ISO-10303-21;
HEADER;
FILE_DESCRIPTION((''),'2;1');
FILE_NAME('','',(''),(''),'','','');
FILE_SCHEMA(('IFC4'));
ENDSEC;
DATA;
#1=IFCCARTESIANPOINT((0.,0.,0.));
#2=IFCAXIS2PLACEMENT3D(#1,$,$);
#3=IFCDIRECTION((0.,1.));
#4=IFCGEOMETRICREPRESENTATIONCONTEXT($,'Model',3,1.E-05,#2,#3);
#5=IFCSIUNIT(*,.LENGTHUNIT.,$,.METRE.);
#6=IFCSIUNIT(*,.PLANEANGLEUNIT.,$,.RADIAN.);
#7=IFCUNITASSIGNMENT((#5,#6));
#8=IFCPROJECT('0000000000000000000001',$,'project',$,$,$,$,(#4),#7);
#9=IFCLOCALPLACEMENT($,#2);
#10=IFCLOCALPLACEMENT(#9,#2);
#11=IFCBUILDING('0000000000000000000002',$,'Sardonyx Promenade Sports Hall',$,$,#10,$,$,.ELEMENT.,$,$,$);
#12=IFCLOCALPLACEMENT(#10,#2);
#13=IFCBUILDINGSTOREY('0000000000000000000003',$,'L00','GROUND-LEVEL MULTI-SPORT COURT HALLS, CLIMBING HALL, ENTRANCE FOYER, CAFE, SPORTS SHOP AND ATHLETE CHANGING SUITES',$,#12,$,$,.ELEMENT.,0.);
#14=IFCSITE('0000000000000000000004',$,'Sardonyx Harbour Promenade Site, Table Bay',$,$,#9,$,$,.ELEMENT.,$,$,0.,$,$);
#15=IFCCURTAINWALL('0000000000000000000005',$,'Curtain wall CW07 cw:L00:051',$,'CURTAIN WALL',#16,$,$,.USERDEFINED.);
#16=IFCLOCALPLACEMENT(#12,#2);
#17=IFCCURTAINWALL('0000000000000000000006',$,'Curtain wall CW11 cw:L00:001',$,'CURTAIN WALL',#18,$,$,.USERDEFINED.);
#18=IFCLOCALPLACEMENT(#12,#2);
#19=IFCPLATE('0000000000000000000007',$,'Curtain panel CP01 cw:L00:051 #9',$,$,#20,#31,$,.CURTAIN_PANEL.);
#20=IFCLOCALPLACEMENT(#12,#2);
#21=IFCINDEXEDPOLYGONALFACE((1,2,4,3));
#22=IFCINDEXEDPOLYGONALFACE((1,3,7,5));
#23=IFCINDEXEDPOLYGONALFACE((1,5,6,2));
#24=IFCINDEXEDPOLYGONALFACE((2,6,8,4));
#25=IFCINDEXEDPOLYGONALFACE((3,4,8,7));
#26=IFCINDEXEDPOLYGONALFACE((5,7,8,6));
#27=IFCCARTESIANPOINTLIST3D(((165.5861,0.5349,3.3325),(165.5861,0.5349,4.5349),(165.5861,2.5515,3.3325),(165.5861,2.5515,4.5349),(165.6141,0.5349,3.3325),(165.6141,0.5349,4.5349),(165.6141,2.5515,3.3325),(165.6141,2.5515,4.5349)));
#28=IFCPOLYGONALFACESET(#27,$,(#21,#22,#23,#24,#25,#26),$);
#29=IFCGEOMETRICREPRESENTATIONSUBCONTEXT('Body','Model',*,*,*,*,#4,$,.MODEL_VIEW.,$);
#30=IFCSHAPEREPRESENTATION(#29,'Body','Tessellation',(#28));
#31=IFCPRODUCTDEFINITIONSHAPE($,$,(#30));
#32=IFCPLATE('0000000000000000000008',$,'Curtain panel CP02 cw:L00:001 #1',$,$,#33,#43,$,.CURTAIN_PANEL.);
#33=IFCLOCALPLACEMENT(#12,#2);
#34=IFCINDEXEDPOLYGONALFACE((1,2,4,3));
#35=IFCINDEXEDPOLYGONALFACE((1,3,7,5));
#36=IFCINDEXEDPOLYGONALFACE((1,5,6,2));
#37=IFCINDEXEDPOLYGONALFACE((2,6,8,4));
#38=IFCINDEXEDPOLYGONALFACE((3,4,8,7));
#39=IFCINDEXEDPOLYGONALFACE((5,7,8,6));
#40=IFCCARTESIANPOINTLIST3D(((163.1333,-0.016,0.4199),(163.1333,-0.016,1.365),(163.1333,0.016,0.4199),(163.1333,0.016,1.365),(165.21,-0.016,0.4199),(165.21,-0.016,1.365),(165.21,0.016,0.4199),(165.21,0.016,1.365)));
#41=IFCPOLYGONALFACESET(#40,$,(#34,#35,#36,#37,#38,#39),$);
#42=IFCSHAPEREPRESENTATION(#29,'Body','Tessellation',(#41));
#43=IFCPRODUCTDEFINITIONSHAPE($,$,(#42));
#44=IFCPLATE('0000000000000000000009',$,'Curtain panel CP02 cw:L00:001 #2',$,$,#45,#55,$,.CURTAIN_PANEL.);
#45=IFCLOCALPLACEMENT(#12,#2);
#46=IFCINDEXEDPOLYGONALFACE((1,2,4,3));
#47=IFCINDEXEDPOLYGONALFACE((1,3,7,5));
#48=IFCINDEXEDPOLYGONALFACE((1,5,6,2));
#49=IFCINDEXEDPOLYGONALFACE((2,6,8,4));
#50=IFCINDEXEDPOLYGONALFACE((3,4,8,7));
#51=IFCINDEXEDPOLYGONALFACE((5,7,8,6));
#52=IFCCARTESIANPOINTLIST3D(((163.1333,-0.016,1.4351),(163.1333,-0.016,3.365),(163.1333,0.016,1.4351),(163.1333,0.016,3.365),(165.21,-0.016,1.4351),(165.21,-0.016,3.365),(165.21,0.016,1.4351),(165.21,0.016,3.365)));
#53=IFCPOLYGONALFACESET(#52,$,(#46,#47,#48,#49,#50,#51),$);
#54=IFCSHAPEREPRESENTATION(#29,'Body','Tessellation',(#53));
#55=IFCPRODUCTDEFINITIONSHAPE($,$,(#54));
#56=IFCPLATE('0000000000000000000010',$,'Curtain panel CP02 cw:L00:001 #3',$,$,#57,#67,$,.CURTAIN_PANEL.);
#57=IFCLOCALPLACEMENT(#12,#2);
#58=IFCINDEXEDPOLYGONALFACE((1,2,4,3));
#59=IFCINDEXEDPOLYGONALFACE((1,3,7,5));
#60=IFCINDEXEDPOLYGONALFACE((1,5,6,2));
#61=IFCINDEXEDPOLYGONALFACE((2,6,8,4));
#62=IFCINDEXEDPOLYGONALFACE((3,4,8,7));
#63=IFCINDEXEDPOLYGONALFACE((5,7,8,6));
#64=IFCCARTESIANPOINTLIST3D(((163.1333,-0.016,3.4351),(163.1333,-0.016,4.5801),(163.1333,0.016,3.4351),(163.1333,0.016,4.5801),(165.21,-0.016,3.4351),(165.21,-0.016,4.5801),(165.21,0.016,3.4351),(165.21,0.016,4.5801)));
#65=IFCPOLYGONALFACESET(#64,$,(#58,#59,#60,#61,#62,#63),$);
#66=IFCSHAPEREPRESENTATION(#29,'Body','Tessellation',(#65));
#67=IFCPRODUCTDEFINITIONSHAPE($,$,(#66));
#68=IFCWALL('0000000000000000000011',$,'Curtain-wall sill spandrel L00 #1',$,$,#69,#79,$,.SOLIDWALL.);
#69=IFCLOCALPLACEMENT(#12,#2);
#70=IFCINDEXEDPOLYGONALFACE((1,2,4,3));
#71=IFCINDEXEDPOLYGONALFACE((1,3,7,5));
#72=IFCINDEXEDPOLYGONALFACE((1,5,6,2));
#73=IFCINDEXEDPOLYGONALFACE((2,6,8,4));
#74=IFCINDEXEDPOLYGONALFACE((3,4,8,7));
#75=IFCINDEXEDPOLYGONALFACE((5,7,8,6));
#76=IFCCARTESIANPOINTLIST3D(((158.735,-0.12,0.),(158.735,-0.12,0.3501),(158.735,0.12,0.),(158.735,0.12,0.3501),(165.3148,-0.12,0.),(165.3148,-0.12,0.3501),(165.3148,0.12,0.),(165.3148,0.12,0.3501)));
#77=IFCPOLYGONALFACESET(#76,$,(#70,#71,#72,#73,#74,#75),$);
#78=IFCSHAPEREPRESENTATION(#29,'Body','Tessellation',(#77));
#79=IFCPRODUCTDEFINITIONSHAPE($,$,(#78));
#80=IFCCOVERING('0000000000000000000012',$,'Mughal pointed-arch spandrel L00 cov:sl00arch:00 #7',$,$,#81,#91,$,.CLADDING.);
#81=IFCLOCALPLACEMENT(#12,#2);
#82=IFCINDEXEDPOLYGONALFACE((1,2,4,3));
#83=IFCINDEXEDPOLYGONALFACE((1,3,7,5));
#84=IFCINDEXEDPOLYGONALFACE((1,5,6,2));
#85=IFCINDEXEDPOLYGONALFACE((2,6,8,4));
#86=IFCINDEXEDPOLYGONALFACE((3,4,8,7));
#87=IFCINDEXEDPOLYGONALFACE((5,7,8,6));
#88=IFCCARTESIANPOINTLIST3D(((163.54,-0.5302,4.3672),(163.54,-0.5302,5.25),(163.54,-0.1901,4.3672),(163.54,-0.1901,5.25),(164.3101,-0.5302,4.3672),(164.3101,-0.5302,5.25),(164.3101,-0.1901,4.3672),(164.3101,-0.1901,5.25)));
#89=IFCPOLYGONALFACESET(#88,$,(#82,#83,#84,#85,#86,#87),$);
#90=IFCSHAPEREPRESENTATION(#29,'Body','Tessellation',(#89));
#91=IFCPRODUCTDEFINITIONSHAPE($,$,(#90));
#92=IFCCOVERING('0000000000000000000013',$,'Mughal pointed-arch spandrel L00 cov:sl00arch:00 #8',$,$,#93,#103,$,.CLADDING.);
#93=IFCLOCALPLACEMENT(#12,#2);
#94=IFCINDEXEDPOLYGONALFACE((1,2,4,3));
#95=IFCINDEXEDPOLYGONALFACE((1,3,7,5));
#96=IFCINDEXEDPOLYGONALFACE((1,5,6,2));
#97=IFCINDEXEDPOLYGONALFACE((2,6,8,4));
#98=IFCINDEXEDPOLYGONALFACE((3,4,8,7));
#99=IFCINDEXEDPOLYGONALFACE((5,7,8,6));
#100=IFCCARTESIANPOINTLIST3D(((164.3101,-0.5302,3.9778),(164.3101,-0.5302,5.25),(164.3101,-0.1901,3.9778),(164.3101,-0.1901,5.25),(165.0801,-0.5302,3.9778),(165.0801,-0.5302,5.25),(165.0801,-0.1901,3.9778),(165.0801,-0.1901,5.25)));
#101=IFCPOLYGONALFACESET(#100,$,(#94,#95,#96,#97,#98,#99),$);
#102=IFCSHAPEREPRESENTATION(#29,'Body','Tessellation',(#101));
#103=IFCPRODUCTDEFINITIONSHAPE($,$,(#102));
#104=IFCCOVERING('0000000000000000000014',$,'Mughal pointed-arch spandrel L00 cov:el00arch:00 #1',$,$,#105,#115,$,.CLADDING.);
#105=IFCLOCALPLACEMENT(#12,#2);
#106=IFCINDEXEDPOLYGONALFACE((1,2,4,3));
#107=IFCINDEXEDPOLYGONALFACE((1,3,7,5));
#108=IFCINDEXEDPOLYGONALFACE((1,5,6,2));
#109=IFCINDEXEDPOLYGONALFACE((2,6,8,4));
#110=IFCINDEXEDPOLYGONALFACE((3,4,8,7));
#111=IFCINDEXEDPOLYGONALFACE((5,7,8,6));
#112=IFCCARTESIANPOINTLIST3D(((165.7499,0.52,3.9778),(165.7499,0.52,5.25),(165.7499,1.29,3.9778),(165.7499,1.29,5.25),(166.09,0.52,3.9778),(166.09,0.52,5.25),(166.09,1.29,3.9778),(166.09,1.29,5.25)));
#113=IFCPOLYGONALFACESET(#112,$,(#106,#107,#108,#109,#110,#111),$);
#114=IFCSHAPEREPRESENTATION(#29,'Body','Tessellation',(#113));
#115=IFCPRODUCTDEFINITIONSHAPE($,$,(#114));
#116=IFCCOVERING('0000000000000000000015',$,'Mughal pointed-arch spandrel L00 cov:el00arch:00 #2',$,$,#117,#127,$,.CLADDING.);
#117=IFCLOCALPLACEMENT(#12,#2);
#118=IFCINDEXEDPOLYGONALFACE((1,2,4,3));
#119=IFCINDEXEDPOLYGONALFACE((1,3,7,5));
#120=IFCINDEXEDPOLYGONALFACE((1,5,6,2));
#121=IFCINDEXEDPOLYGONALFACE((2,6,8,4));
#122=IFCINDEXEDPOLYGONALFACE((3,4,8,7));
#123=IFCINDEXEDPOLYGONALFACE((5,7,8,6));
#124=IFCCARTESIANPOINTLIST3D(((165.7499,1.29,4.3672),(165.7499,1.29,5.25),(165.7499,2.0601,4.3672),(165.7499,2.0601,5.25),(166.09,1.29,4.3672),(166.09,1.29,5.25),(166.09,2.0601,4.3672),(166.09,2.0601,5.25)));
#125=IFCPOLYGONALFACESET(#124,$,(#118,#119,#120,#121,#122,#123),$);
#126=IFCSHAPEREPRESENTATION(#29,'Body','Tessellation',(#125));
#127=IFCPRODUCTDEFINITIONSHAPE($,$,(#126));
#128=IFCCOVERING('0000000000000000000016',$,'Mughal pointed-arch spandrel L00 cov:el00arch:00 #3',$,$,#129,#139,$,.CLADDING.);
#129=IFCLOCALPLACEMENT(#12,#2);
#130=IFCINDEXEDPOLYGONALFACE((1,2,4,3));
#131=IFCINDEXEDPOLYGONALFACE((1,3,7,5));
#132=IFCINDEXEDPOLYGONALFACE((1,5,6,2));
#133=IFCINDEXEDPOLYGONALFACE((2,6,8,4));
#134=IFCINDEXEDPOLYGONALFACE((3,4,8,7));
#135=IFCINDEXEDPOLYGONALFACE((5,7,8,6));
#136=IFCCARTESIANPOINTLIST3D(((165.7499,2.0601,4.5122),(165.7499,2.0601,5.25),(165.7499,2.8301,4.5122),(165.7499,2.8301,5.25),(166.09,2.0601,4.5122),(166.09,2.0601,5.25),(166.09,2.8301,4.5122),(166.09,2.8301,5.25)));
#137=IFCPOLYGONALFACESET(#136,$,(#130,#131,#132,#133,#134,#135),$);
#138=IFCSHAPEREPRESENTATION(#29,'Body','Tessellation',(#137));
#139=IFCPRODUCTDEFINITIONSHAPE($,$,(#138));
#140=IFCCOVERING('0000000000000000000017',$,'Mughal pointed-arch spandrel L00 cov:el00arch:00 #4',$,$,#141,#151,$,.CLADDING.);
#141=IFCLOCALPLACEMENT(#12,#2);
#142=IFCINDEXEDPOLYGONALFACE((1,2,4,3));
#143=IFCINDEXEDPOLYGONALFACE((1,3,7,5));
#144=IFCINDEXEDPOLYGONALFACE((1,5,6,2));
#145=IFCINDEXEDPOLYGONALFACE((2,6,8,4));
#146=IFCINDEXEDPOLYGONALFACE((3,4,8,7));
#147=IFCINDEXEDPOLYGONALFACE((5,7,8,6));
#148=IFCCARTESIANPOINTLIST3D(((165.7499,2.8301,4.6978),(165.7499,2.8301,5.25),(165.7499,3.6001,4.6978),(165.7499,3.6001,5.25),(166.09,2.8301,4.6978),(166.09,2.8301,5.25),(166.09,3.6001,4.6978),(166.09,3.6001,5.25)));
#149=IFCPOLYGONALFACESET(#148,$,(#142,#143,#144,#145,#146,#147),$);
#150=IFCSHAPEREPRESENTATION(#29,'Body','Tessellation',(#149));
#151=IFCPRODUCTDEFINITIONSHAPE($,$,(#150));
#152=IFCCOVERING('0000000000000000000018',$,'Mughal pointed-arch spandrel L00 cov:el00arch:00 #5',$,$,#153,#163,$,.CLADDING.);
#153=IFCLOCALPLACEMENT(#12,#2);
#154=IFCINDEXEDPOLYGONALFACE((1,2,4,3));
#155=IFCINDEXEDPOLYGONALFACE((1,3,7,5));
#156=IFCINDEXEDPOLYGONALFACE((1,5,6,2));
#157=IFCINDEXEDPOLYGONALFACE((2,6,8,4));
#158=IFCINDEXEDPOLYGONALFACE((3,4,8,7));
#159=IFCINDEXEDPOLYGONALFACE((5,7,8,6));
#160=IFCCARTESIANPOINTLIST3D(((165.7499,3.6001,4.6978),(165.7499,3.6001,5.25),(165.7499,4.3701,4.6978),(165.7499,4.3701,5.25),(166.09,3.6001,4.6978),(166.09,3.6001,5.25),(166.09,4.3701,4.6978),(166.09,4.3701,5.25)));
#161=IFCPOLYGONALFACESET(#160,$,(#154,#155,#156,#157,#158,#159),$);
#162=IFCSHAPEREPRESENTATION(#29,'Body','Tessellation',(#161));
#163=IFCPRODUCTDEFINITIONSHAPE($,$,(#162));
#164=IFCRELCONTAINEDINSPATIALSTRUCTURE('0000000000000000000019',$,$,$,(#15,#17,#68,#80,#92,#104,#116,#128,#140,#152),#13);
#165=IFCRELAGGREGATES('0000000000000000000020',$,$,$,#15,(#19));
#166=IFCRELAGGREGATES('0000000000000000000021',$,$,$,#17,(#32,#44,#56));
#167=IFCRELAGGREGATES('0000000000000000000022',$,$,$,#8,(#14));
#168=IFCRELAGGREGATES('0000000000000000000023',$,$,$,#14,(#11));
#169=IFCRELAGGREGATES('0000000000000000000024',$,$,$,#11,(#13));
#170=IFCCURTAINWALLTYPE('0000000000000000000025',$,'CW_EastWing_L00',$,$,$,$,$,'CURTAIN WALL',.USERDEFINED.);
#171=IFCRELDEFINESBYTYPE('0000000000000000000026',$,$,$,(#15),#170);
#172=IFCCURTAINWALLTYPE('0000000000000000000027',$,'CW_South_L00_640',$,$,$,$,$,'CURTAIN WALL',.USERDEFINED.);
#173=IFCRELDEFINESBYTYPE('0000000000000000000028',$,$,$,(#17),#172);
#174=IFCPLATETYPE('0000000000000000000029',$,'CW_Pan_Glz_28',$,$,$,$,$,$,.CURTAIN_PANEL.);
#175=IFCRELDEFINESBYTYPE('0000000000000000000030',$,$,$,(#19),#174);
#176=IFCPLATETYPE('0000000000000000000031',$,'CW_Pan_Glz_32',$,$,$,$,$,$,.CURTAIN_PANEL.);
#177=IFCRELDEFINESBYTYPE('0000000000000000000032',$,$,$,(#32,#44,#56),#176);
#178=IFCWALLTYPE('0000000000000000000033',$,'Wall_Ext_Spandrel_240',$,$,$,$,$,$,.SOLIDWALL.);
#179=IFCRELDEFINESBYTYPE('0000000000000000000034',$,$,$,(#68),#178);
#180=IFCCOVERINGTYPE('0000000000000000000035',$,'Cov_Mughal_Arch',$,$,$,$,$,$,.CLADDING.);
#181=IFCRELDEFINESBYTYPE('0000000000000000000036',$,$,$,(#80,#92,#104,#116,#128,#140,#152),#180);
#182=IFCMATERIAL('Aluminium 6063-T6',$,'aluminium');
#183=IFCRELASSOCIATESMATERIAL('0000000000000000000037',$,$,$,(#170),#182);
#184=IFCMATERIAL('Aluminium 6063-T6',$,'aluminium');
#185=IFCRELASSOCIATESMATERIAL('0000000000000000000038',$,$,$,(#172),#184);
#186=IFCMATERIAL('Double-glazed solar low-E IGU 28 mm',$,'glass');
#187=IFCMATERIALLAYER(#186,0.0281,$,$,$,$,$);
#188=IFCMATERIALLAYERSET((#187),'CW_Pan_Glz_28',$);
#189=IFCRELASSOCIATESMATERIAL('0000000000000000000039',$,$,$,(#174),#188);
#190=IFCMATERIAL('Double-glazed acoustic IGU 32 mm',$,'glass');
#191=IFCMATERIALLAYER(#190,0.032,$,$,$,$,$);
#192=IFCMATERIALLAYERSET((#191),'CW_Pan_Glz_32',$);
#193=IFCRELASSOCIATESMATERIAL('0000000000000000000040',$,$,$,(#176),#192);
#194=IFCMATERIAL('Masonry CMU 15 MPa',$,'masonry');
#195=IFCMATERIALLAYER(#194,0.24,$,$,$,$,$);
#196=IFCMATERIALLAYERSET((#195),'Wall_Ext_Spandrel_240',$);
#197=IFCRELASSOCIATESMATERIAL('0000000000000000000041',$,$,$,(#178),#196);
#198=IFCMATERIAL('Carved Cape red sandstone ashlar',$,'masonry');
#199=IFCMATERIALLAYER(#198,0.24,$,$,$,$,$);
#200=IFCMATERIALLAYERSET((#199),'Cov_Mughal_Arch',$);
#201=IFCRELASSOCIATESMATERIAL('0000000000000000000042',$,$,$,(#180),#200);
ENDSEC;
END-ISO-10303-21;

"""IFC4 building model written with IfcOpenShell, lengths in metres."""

from ifc_helpers import new_model, si_unit, direction, frame, frame_2d, origin, origin_2d, place, context, subcontext, project, spatial, rectangle, extrude, material, layer, layer_set, type_object, element, aggregate, save


model = new_model("IFC4")

# Units and contexts
model_context = context("Model", 3, precision=1e-05, world=origin(), true_north=direction((0.0, 1.0)))
body_context = subcontext(model_context, "Body", "Model", "MODEL_VIEW")
ifc_project = project(units=[si_unit("LENGTHUNIT", "METRE"), si_unit("PLANEANGLEUNIT", "RADIAN")], contexts=[model_context])

# Site, building, storey
site_placement = place(None, origin())
site = spatial("IfcSite", under=ifc_project, at=site_placement, Name="Sardonyx Harbour Promenade Site, Table Bay", CompositionType="ELEMENT", RefElevation=0.0)
building_placement = place(site_placement, origin())
building = spatial("IfcBuilding", under=site, at=building_placement, Name="Sardonyx Promenade Sports Hall", CompositionType="ELEMENT")
storey_placement = place(building_placement, origin())
storey = spatial("IfcBuildingStorey", under=building, at=storey_placement, Name="L00", Description="GROUND-LEVEL MULTI-SPORT COURT HALLS, CLIMBING HALL, ENTRANCE FOYER, CAFE, SPORTS SHOP AND ATHLETE CHANGING SUITES", CompositionType="ELEMENT", Elevation=0.0)

# Curtain wall
ifc_material_1 = material(Name="Aluminium 6063-T6", Category="aluminium")
curtain_wall_type_1 = type_object("IfcCurtainWallType", Name="CW_EastWing_L00", ElementType="CURTAIN WALL", PredefinedType="USERDEFINED", material=ifc_material_1)
curtain_wall_1_placement = place(storey_placement, origin())
curtain_wall_1 = element("IfcCurtainWall", 1, at=curtain_wall_1_placement, inside=storey, type_object=curtain_wall_type_1, Name="Curtain wall CW07 cw:L00:051", ObjectType="CURTAIN WALL", PredefinedType="USERDEFINED")

# Curtain wall
ifc_material_2 = material(Name="Aluminium 6063-T6", Category="aluminium")
curtain_wall_type_2 = type_object("IfcCurtainWallType", Name="CW_South_L00_640", ElementType="CURTAIN WALL", PredefinedType="USERDEFINED", material=ifc_material_2)
curtain_wall_2_placement = place(storey_placement, origin())
curtain_wall_2 = element("IfcCurtainWall", 2, at=curtain_wall_2_placement, inside=storey, type_object=curtain_wall_type_2, Name="Curtain wall CW11 cw:L00:001", ObjectType="CURTAIN WALL", PredefinedType="USERDEFINED")

# Plates
ifc_material_3 = material(Name="Double-glazed solar low-E IGU 28 mm", Category="glass")
ifc_layer_1 = layer(ifc_material_3, 0.0281)
ifc_layer_set_1 = layer_set([ifc_layer_1], Name="CW_Pan_Glz_28")
plate_type_1 = type_object("IfcPlateType", Name="CW_Pan_Glz_28", PredefinedType="CURTAIN_PANEL", material=ifc_layer_set_1)
plate_1_placement = place(storey_placement, frame((165.6001, 1.5432, 3.3325), z_axis=(0.0, 0.0, 1.0), x_axis=(0.0, -1.0, 0.0)))
plate_1 = element("IfcPlate", 3, at=plate_1_placement, type_object=plate_type_1, Name="Curtain panel CP01 cw:L00:051 #9", PredefinedType="CURTAIN_PANEL", context=body_context, shape_type="SweptSolid", body=[
    extrude(rectangle(XDim=2.0166, YDim=0.0281, at=origin_2d()), origin(), (0.0, 0.0, 1.0), 1.2024),
])
aggregate(curtain_wall_1, [plate_1])
ifc_material_4 = material(Name="Double-glazed acoustic IGU 32 mm", Category="glass")
ifc_layer_2 = layer(ifc_material_4, 0.032)
ifc_layer_set_2 = layer_set([ifc_layer_2], Name="CW_Pan_Glz_32")
plate_type_2 = type_object("IfcPlateType", Name="CW_Pan_Glz_32", PredefinedType="CURTAIN_PANEL", material=ifc_layer_set_2)
plate_2_placement = place(storey_placement, frame((164.1716, 0.0, 0.4199), z_axis=(0.0, 0.0, 1.0), x_axis=(-1.0, 0.0, 0.0)))
plate_2 = element("IfcPlate", 4, at=plate_2_placement, type_object=plate_type_2, Name="Curtain panel CP02 cw:L00:001 #1", PredefinedType="CURTAIN_PANEL", context=body_context, shape_type="SweptSolid", body=[
    extrude(rectangle(XDim=2.0767, YDim=0.032, at=origin_2d()), origin(), (0.0, 0.0, 1.0), 0.9451),
])
plate_3_placement = place(storey_placement, frame((164.1716, 0.0, 1.4351), z_axis=(0.0, 0.0, 1.0), x_axis=(-1.0, 0.0, 0.0)))
plate_3 = element("IfcPlate", 5, at=plate_3_placement, type_object=plate_type_2, Name="Curtain panel CP02 cw:L00:001 #2", PredefinedType="CURTAIN_PANEL", context=body_context, shape_type="SweptSolid", body=[
    extrude(rectangle(XDim=2.0767, YDim=0.032, at=origin_2d()), origin(), (0.0, 0.0, 1.0), 1.9299),
])
plate_4_placement = place(storey_placement, frame((164.1716, 0.0, 3.4351), z_axis=(0.0, 0.0, 1.0), x_axis=(-1.0, 0.0, 0.0)))
plate_4 = element("IfcPlate", 6, at=plate_4_placement, type_object=plate_type_2, Name="Curtain panel CP02 cw:L00:001 #3", PredefinedType="CURTAIN_PANEL", context=body_context, shape_type="SweptSolid", body=[
    extrude(rectangle(XDim=2.0767, YDim=0.032, at=origin_2d()), origin(), (0.0, 0.0, 1.0), 1.145),
])
aggregate(curtain_wall_2, [plate_2, plate_3, plate_4])

# Wall
ifc_material_5 = material(Name="Masonry CMU 15 MPa", Category="masonry")
ifc_layer_3 = layer(ifc_material_5, 0.24)
ifc_layer_set_3 = layer_set([ifc_layer_3], Name="Wall_Ext_Spandrel_240")
wall_type = type_object("IfcWallType", Name="Wall_Ext_Spandrel_240", PredefinedType="SOLIDWALL", material=ifc_layer_set_3)
wall_placement = place(storey_placement, frame((165.3149, 0.0, 0.0), z_axis=(0.0, 0.0, 1.0), x_axis=(-1.0, 0.0, 0.0)))
element("IfcWall", 7, at=wall_placement, inside=storey, type_object=wall_type, Name="Curtain-wall sill spandrel L00 #1", PredefinedType="SOLIDWALL", context=body_context, shape_type="SweptSolid", body=[
    extrude(rectangle(XDim=6.5798, YDim=0.24, at=frame_2d((3.29, 0.0))), origin(), (0.0, 0.0, 1.0), 0.3501),
])

# Coverings
ifc_material_6 = material(Name="Carved Cape red sandstone ashlar", Category="masonry")
ifc_layer_4 = layer(ifc_material_6, 0.24)
ifc_layer_set_4 = layer_set([ifc_layer_4], Name="Cov_Mughal_Arch")
covering_type = type_object("IfcCoveringType", Name="Cov_Mughal_Arch", PredefinedType="CLADDING", material=ifc_layer_set_4)
covering_1_placement = place(storey_placement, frame((163.54, -0.3601, 4.3672), z_axis=(0.0, 0.0, 1.0), x_axis=(1.0, 0.0, 0.0)))
element("IfcCovering", 8, at=covering_1_placement, inside=storey, type_object=covering_type, Name="Mughal pointed-arch spandrel L00 cov:sl00arch:00 #7", PredefinedType="CLADDING", context=body_context, shape_type="SweptSolid", body=[
    extrude(rectangle(XDim=0.77, YDim=0.3401, at=frame_2d((0.385, 0.0))), origin(), (0.0, 0.0, 1.0), 0.8828),
])
for number, where, z_axis, x_axis, name in (
    (9, (164.3101, -0.3601, 3.9778), (0.0, 0.0, 1.0), (1.0, 0.0, 0.0), "Mughal pointed-arch spandrel L00 cov:sl00arch:00 #8"),
    (10, (165.9199, 0.52, 3.9778), (0.0, 0.0, 1.0), (0.0, 1.0, 0.0), "Mughal pointed-arch spandrel L00 cov:el00arch:00 #1"),
):
    element("IfcCovering", number, at=place(storey_placement, frame(where, z_axis=z_axis, x_axis=x_axis)), inside=storey, type_object=covering_type, Name=name, PredefinedType="CLADDING", context=body_context, shape_type="SweptSolid", body=[
        extrude(rectangle(XDim=0.77, YDim=0.3401, at=frame_2d((0.385, 0.0))), origin(), (0.0, 0.0, 1.0), 1.2722),
    ])
covering_2_placement = place(storey_placement, frame((165.9199, 1.29, 4.3672), z_axis=(0.0, 0.0, 1.0), x_axis=(0.0, 1.0, 0.0)))
element("IfcCovering", 11, at=covering_2_placement, inside=storey, type_object=covering_type, Name="Mughal pointed-arch spandrel L00 cov:el00arch:00 #2", PredefinedType="CLADDING", context=body_context, shape_type="SweptSolid", body=[
    extrude(rectangle(XDim=0.77, YDim=0.3401, at=frame_2d((0.385, 0.0))), origin(), (0.0, 0.0, 1.0), 0.8828),
])
covering_3_placement = place(storey_placement, frame((165.9199, 2.0601, 4.5122), z_axis=(0.0, 0.0, 1.0), x_axis=(0.0, 1.0, 0.0)))
element("IfcCovering", 12, at=covering_3_placement, inside=storey, type_object=covering_type, Name="Mughal pointed-arch spandrel L00 cov:el00arch:00 #3", PredefinedType="CLADDING", context=body_context, shape_type="SweptSolid", body=[
    extrude(rectangle(XDim=0.77, YDim=0.3401, at=frame_2d((0.385, 0.0))), origin(), (0.0, 0.0, 1.0), 0.7378),
])
for number, where, z_axis, x_axis, name in (
    (13, (165.9199, 2.8301, 4.6978), (0.0, 0.0, 1.0), (0.0, 1.0, 0.0), "Mughal pointed-arch spandrel L00 cov:el00arch:00 #4"),
    (14, (165.9199, 3.6001, 4.6978), (0.0, 0.0, 1.0), (0.0, 1.0, 0.0), "Mughal pointed-arch spandrel L00 cov:el00arch:00 #5"),
):
    element("IfcCovering", number, at=place(storey_placement, frame(where, z_axis=z_axis, x_axis=x_axis)), inside=storey, type_object=covering_type, Name=name, PredefinedType="CLADDING", context=body_context, shape_type="SweptSolid", body=[
        extrude(rectangle(XDim=0.77, YDim=0.3401, at=frame_2d((0.385, 0.0))), origin(), (0.0, 0.0, 1.0), 0.5522),
    ])

save(model, "model.ifc")
